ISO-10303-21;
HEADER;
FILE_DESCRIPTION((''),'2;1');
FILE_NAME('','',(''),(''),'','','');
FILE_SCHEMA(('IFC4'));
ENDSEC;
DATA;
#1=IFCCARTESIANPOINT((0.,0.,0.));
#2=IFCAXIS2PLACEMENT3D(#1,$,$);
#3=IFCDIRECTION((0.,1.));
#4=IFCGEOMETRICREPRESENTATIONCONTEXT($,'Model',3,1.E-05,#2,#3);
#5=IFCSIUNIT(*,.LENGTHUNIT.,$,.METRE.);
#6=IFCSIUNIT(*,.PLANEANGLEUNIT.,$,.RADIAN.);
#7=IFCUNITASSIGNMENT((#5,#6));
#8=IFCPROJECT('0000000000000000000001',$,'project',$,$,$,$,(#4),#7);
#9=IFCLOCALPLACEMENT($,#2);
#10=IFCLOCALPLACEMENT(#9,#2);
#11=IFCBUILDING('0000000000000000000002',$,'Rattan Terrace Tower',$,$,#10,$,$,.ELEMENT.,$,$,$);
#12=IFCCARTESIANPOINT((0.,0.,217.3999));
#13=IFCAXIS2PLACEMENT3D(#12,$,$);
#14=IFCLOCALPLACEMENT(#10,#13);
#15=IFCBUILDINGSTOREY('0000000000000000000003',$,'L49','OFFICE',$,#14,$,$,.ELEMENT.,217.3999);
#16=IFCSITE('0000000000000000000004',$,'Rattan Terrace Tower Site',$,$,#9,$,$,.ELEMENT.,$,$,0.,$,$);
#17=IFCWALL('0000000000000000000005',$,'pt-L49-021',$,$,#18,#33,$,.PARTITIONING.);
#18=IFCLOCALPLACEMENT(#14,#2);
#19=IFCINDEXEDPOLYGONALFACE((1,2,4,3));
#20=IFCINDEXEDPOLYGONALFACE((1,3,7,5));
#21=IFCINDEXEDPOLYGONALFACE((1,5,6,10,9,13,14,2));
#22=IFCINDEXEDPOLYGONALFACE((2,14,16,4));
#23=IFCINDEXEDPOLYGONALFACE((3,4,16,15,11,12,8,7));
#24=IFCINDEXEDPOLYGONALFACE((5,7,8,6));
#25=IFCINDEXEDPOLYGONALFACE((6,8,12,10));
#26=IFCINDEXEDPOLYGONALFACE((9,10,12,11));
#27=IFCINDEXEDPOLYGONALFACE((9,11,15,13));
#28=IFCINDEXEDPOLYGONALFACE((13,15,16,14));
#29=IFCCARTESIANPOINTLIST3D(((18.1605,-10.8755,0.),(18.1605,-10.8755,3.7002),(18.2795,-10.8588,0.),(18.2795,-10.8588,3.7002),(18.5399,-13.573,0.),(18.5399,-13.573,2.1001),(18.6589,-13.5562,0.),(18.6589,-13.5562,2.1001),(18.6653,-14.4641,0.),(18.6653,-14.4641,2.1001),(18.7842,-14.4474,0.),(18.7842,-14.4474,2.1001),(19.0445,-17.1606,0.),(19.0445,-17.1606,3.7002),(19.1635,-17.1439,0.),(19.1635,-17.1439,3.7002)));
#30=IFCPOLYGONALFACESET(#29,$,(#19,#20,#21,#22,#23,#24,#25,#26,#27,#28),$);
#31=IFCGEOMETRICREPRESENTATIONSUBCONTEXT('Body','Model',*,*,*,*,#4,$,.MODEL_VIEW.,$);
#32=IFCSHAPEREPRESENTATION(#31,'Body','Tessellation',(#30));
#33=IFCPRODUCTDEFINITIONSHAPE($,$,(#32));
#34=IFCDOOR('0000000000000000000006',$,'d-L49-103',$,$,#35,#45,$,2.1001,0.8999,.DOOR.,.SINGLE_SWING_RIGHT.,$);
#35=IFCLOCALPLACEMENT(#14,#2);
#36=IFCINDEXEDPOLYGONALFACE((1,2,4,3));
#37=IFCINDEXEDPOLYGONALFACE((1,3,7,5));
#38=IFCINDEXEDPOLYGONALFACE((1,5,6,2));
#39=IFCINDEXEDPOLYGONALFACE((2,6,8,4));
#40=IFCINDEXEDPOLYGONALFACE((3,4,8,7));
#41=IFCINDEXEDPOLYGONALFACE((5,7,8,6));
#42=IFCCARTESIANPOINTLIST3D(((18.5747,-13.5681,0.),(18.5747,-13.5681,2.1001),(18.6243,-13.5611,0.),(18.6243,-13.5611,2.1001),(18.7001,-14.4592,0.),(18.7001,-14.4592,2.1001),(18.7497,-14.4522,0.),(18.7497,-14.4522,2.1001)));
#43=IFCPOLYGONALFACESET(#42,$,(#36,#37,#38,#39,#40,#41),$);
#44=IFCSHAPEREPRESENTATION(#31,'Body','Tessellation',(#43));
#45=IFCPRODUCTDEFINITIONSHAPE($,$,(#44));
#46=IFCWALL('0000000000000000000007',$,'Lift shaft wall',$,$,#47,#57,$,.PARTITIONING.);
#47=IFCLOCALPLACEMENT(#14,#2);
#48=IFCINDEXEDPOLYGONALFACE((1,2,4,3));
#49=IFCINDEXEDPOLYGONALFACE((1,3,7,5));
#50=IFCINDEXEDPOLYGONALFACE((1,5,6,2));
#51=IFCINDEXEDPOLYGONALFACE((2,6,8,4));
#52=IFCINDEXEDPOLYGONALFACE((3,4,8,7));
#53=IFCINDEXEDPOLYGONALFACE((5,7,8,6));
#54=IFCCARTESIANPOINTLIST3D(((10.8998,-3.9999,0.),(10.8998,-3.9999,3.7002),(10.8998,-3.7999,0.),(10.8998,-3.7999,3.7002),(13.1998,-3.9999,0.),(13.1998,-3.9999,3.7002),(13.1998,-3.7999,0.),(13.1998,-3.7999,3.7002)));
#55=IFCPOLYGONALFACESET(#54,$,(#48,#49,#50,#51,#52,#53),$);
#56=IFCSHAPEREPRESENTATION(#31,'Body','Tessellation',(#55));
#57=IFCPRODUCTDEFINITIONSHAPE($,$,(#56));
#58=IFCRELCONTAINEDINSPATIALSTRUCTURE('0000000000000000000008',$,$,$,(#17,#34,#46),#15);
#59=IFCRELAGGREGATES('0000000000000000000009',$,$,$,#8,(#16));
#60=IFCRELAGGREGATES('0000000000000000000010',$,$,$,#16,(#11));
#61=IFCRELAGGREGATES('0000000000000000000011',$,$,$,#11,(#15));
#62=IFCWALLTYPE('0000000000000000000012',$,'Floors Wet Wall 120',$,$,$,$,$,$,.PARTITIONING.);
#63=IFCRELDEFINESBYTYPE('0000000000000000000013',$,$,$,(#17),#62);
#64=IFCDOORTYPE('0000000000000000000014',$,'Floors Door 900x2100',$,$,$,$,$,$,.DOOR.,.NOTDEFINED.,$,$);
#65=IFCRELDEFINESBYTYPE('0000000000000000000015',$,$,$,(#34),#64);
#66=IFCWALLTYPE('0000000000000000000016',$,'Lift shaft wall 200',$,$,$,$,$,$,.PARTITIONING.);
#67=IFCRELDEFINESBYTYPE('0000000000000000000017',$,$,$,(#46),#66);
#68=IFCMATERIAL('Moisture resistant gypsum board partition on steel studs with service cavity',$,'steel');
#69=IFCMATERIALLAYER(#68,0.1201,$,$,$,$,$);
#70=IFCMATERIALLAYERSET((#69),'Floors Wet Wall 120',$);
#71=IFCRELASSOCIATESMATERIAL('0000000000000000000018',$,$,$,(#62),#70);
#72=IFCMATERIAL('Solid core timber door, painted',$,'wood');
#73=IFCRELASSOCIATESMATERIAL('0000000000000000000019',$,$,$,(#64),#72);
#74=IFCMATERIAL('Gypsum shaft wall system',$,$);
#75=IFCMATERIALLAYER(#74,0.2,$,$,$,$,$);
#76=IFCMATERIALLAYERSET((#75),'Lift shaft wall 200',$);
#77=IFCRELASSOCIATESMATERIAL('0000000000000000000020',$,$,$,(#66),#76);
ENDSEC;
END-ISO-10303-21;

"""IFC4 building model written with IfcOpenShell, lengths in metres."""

from ifc_helpers import new_model, si_unit, direction, frame, frame_2d, origin, place, context, subcontext, project, spatial, rectangle, extrude, material, layer, layer_set, type_object, element, fill, save


model = new_model("IFC4")

# Units and contexts
model_context = context("Model", 3, precision=1e-05, world=origin(), true_north=direction((0.0, 1.0)))
body_context = subcontext(model_context, "Body", "Model", "MODEL_VIEW")
ifc_project = project(units=[si_unit("LENGTHUNIT", "METRE"), si_unit("PLANEANGLEUNIT", "RADIAN")], contexts=[model_context])

# Site, building, storey
site_placement = place(None, origin())
site = spatial("IfcSite", under=ifc_project, at=site_placement, Name="Rattan Terrace Tower Site", CompositionType="ELEMENT", RefElevation=0.0)
building_placement = place(site_placement, origin())
building = spatial("IfcBuilding", under=site, at=building_placement, Name="Rattan Terrace Tower", CompositionType="ELEMENT")
storey_placement = place(building_placement, frame((0.0, 0.0, 217.3999)))
storey = spatial("IfcBuildingStorey", under=building, at=storey_placement, Name="L49", Description="OFFICE", CompositionType="ELEMENT", Elevation=217.3999)

# Wall, opening, door
ifc_material_1 = material(Name="Moisture resistant gypsum board partition on steel studs with service cavity", Category="steel")
ifc_layer_1 = layer(ifc_material_1, 0.1201)
ifc_layer_set_1 = layer_set([ifc_layer_1], Name="Floors Wet Wall 120")
wall_type_1 = type_object("IfcWallType", Name="Floors Wet Wall 120", PredefinedType="PARTITIONING", material=ifc_layer_set_1)
wall_1_placement = place(storey_placement, frame((19.104, -17.1521, 0.0), z_axis=(0.0, 0.0, 1.0), x_axis=(-0.139283, 0.990253, 0.0)))
wall_1 = element("IfcWall", 1, at=wall_1_placement, inside=storey, type_object=wall_type_1, Name="pt-L49-021", PredefinedType="PARTITIONING", context=body_context, shape_type="SweptSolid", body=[
    extrude(rectangle(XDim=6.3469, YDim=0.1201, at=frame_2d((3.1733, 0.0))), origin(), (0.0, 0.0, 1.0), 3.7002),
])
opening_1_placement = place(wall_1_placement, frame((2.7229, 0.0, 0.0)))
opening_1 = element("IfcOpeningElement", 2, at=opening_1_placement, cuts=wall_1, PredefinedType="OPENING", context=body_context, shape_type="SweptSolid", body=[
    extrude(rectangle(XDim=0.8999, YDim=2.1001, at=frame_2d((0.45, 1.05))), frame((0.0, 0.0706, 0.0), z_axis=(0.0, -1.0, 0.0), x_axis=(1.0, 0.0, 0.0)), (0.0, 0.0, 1.0), 0.1411),
])
ifc_material_2 = material(Name="Solid core timber door, painted", Category="wood")
door_type_1 = type_object("IfcDoorType", Name="Floors Door 900x2100", OperationType="NOTDEFINED", PredefinedType="DOOR", material=ifc_material_2)
door_1_placement = place(opening_1_placement, origin())
door_1 = element("IfcDoor", 3, at=door_1_placement, inside=storey, type_object=door_type_1, Name="d-L49-103", OperationType="SINGLE_SWING_RIGHT", OverallHeight=2.1001, OverallWidth=0.8999, PredefinedType="DOOR", context=body_context, shape_type="SweptSolid", body=[
    extrude(rectangle(XDim=0.8999, YDim=2.1001, at=frame_2d((0.45, 1.05))), frame((0.0, 0.0249, 0.0), z_axis=(0.0, -1.0, 0.0), x_axis=(1.0, 0.0, 0.0)), (0.0, 0.0, 1.0), 0.05),
])
fill(opening_1, door_1)

# Wall
ifc_material_3 = material(Name="Gypsum shaft wall system")
ifc_layer_2 = layer(ifc_material_3, 0.2)
ifc_layer_set_2 = layer_set([ifc_layer_2], Name="Lift shaft wall 200")
wall_type_2 = type_object("IfcWallType", Name="Lift shaft wall 200", PredefinedType="PARTITIONING", material=ifc_layer_set_2)
wall_2_placement = place(storey_placement, frame((10.8999, -3.8999, 0.0), z_axis=(0.0, 0.0, 1.0), x_axis=(1.0, 0.0, 0.0)))
element("IfcWall", 4, at=wall_2_placement, inside=storey, type_object=wall_type_2, Name="Lift shaft wall", PredefinedType="PARTITIONING", context=body_context, shape_type="SweptSolid", body=[
    extrude(rectangle(XDim=2.3, YDim=0.2, at=frame_2d((1.1499, 0.0))), origin(), (0.0, 0.0, 1.0), 3.7002),
])

save(model, "model.ifc")
